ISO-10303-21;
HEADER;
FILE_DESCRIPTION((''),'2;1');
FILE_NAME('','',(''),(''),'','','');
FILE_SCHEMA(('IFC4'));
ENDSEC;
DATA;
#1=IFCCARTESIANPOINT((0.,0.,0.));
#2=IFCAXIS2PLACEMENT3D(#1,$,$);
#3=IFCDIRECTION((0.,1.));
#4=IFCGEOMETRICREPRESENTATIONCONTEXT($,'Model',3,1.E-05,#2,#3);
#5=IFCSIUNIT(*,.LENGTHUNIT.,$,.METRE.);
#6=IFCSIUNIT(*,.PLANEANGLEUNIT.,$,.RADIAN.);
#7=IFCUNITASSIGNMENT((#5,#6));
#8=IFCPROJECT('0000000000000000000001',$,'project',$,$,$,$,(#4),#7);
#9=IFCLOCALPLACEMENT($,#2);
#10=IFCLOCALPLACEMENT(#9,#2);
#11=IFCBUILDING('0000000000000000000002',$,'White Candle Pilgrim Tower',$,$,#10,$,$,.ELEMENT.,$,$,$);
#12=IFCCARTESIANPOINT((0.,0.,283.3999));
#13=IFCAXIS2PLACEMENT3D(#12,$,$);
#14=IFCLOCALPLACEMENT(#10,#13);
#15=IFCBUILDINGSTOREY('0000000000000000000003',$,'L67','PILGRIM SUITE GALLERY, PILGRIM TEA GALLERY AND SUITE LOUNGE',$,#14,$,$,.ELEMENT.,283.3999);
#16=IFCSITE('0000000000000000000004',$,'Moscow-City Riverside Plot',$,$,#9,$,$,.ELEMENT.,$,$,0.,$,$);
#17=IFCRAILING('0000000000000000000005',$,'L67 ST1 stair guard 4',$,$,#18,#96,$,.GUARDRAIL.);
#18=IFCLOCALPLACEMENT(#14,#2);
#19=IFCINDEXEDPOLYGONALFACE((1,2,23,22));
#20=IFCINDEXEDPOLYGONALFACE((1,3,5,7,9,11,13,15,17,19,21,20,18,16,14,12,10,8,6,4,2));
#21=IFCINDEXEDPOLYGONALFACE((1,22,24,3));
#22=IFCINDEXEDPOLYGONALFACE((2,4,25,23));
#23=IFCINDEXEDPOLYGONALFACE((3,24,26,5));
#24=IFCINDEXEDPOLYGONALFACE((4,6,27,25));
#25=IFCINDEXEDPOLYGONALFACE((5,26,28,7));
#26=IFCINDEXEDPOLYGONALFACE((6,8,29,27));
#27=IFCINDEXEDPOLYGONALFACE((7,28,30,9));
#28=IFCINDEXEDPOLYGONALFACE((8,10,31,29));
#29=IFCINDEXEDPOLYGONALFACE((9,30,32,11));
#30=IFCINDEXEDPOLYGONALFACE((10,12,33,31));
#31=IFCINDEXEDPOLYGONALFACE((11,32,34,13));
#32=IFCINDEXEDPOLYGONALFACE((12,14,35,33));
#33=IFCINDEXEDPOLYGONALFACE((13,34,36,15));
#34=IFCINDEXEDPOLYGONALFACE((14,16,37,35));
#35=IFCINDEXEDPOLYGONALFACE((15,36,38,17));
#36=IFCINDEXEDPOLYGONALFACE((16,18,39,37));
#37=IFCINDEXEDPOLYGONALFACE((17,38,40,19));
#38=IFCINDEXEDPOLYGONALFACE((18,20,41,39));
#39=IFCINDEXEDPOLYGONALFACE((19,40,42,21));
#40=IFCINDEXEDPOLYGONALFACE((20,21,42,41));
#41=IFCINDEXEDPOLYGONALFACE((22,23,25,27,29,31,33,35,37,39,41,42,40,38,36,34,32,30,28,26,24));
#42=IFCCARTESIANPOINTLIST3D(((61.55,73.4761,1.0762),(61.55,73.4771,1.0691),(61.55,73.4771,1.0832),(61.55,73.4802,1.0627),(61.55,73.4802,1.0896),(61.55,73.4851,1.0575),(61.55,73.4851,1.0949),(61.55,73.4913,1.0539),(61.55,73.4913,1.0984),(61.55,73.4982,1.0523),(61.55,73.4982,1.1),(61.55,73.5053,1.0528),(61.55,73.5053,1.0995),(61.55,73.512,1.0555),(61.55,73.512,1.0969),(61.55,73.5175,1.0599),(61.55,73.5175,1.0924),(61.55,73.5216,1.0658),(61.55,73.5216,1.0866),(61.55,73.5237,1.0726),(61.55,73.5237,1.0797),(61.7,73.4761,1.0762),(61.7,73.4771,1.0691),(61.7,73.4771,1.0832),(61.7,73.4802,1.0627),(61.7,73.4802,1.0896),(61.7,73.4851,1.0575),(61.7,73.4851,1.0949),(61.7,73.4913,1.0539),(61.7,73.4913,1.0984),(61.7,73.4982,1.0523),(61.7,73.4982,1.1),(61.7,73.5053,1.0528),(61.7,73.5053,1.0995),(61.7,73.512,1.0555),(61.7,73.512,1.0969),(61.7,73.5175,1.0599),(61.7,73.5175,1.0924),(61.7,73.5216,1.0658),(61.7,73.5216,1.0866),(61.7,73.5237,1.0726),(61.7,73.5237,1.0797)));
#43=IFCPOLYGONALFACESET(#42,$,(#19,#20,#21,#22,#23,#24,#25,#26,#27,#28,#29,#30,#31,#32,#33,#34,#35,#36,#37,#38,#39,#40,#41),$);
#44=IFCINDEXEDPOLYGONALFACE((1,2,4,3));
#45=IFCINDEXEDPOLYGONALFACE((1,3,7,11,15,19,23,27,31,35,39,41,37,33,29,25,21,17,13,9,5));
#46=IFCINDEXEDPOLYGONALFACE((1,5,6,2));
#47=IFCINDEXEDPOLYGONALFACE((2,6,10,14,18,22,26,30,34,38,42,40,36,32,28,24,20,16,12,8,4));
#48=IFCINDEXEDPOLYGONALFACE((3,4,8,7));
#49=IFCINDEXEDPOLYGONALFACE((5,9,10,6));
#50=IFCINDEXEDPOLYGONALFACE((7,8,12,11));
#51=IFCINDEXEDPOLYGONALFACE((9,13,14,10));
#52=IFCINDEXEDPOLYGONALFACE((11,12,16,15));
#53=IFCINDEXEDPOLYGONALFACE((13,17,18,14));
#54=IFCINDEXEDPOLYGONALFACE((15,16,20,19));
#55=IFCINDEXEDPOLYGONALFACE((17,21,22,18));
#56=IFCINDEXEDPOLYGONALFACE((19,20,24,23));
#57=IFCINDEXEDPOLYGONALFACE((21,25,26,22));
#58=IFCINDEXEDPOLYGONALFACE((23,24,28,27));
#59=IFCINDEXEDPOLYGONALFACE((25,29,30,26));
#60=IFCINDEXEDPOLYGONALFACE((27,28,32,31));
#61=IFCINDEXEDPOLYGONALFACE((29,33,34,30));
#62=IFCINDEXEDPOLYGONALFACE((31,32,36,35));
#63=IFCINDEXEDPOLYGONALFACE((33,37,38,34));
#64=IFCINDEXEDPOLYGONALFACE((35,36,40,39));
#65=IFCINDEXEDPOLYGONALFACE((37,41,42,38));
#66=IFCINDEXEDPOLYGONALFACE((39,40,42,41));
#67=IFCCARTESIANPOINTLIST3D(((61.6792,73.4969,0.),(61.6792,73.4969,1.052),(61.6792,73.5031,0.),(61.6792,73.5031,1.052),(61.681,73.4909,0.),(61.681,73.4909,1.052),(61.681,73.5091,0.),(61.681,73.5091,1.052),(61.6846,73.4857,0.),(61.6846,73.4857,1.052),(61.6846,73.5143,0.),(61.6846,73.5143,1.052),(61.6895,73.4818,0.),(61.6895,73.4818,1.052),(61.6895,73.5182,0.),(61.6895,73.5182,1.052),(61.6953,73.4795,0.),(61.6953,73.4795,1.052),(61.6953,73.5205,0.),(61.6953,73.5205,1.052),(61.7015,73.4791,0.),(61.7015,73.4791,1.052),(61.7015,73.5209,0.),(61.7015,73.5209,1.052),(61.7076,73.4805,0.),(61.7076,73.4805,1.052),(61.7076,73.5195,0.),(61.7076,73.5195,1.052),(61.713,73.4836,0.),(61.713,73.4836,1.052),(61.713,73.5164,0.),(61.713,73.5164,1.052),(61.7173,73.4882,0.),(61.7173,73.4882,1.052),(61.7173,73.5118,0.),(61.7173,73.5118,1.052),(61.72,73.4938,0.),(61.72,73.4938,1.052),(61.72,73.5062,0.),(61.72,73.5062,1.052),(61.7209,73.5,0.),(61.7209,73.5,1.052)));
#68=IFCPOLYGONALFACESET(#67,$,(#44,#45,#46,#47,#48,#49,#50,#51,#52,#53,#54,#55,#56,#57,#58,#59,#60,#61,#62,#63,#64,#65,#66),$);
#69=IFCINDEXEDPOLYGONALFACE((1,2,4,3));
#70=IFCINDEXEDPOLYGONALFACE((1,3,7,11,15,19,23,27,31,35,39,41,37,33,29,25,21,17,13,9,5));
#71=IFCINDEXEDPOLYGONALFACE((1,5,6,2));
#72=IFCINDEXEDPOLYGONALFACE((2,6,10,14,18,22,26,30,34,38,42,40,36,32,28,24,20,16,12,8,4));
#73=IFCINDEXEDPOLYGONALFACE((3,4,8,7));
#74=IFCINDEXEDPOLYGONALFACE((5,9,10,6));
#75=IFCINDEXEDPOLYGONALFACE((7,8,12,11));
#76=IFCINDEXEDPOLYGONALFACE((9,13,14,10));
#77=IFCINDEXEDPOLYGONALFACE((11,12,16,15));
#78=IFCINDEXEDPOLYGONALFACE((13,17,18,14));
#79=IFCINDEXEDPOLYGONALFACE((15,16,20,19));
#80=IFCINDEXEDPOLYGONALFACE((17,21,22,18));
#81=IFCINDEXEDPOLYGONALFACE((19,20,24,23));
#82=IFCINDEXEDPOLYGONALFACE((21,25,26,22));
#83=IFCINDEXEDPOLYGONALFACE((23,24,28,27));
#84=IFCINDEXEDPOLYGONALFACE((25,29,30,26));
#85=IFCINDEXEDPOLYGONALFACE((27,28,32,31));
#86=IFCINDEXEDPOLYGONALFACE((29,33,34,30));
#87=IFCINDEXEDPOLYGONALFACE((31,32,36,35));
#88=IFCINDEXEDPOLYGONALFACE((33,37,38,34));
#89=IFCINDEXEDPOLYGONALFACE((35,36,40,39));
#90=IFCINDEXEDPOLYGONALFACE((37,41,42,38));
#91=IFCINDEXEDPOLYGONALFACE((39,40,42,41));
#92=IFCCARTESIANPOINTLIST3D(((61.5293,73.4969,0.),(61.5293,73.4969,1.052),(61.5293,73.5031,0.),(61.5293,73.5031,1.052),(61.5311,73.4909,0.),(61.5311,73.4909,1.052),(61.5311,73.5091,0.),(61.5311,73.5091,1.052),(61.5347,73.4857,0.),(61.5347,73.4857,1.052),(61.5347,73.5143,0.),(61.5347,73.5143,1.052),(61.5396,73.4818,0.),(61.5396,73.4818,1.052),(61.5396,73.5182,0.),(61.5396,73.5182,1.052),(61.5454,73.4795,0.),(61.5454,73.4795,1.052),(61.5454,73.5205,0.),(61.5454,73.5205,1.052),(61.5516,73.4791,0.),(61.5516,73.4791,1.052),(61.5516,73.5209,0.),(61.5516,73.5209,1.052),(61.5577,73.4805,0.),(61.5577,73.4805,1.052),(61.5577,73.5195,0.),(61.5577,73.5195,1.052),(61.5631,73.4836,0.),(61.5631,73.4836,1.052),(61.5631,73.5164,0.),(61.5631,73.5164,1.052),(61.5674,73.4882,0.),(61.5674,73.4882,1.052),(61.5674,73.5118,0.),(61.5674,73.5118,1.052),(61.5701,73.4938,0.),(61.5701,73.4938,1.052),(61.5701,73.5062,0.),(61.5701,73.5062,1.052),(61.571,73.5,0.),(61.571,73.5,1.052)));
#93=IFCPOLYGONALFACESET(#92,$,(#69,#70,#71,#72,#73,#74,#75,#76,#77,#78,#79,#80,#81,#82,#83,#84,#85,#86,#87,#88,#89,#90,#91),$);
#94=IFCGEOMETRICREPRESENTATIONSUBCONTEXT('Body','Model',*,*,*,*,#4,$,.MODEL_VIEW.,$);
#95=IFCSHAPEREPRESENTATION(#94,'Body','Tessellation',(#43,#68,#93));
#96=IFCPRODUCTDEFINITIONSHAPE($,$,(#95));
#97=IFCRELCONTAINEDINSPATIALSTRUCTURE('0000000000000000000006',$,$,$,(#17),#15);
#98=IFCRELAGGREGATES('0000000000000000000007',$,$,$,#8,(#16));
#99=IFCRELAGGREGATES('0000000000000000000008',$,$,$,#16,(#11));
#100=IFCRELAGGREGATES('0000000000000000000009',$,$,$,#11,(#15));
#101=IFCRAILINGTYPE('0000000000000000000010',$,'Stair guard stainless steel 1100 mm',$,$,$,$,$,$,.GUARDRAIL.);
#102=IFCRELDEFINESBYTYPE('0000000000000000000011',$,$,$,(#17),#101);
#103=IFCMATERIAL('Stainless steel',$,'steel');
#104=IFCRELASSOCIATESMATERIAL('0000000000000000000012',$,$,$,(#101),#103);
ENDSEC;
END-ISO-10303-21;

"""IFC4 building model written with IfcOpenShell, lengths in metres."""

from ifc_helpers import new_model, si_unit, direction, frame, origin, origin_2d, place, context, subcontext, project, spatial, circle, extrude, material, type_object, element, save


model = new_model("IFC4")

# Units and contexts
model_context = context("Model", 3, precision=1e-05, world=origin(), true_north=direction((0.0, 1.0)))
body_context = subcontext(model_context, "Body", "Model", "MODEL_VIEW")
ifc_project = project(units=[si_unit("LENGTHUNIT", "METRE"), si_unit("PLANEANGLEUNIT", "RADIAN")], contexts=[model_context])

# Site, building, storey
site_placement = place(None, origin())
site = spatial("IfcSite", under=ifc_project, at=site_placement, Name="Moscow-City Riverside Plot", CompositionType="ELEMENT", RefElevation=0.0)
building_placement = place(site_placement, origin())
building = spatial("IfcBuilding", under=site, at=building_placement, Name="White Candle Pilgrim Tower", CompositionType="ELEMENT")
storey_placement = place(building_placement, frame((0.0, 0.0, 283.3999)))
storey = spatial("IfcBuildingStorey", under=building, at=storey_placement, Name="L67", Description="PILGRIM SUITE GALLERY, PILGRIM TEA GALLERY AND SUITE LOUNGE", CompositionType="ELEMENT", Elevation=283.3999)

# Railing
ifc_material_1 = material(Name="Stainless steel", Category="steel")
railing_type_1 = type_object("IfcRailingType", Name="Stair guard stainless steel 1100 mm", PredefinedType="GUARDRAIL", material=ifc_material_1)
railing_1_placement = place(storey_placement, frame((61.7, 73.5, 0.0)))
element("IfcRailing", 1, at=railing_1_placement, inside=storey, type_object=railing_type_1, Name="L67 ST1 stair guard 4", PredefinedType="GUARDRAIL", context=body_context, shape_type="SweptSolid", body=[
    extrude(circle(Radius=0.0239, at=origin_2d()), frame((0.0, 0.0, 1.0762), z_axis=(-1.0, 0.0, 0.0), x_axis=(0.0, -1.0, 0.0)), (0.0, 0.0, 1.0), 0.1499),
    extrude(circle(Radius=0.021, at=origin_2d()), origin(), (0.0, 0.0, 1.0), 1.052),
    extrude(circle(Radius=0.021, at=origin_2d()), frame((-0.1499, 0.0, 0.0)), (0.0, 0.0, 1.0), 1.052),
])

save(model, "model.ifc")
